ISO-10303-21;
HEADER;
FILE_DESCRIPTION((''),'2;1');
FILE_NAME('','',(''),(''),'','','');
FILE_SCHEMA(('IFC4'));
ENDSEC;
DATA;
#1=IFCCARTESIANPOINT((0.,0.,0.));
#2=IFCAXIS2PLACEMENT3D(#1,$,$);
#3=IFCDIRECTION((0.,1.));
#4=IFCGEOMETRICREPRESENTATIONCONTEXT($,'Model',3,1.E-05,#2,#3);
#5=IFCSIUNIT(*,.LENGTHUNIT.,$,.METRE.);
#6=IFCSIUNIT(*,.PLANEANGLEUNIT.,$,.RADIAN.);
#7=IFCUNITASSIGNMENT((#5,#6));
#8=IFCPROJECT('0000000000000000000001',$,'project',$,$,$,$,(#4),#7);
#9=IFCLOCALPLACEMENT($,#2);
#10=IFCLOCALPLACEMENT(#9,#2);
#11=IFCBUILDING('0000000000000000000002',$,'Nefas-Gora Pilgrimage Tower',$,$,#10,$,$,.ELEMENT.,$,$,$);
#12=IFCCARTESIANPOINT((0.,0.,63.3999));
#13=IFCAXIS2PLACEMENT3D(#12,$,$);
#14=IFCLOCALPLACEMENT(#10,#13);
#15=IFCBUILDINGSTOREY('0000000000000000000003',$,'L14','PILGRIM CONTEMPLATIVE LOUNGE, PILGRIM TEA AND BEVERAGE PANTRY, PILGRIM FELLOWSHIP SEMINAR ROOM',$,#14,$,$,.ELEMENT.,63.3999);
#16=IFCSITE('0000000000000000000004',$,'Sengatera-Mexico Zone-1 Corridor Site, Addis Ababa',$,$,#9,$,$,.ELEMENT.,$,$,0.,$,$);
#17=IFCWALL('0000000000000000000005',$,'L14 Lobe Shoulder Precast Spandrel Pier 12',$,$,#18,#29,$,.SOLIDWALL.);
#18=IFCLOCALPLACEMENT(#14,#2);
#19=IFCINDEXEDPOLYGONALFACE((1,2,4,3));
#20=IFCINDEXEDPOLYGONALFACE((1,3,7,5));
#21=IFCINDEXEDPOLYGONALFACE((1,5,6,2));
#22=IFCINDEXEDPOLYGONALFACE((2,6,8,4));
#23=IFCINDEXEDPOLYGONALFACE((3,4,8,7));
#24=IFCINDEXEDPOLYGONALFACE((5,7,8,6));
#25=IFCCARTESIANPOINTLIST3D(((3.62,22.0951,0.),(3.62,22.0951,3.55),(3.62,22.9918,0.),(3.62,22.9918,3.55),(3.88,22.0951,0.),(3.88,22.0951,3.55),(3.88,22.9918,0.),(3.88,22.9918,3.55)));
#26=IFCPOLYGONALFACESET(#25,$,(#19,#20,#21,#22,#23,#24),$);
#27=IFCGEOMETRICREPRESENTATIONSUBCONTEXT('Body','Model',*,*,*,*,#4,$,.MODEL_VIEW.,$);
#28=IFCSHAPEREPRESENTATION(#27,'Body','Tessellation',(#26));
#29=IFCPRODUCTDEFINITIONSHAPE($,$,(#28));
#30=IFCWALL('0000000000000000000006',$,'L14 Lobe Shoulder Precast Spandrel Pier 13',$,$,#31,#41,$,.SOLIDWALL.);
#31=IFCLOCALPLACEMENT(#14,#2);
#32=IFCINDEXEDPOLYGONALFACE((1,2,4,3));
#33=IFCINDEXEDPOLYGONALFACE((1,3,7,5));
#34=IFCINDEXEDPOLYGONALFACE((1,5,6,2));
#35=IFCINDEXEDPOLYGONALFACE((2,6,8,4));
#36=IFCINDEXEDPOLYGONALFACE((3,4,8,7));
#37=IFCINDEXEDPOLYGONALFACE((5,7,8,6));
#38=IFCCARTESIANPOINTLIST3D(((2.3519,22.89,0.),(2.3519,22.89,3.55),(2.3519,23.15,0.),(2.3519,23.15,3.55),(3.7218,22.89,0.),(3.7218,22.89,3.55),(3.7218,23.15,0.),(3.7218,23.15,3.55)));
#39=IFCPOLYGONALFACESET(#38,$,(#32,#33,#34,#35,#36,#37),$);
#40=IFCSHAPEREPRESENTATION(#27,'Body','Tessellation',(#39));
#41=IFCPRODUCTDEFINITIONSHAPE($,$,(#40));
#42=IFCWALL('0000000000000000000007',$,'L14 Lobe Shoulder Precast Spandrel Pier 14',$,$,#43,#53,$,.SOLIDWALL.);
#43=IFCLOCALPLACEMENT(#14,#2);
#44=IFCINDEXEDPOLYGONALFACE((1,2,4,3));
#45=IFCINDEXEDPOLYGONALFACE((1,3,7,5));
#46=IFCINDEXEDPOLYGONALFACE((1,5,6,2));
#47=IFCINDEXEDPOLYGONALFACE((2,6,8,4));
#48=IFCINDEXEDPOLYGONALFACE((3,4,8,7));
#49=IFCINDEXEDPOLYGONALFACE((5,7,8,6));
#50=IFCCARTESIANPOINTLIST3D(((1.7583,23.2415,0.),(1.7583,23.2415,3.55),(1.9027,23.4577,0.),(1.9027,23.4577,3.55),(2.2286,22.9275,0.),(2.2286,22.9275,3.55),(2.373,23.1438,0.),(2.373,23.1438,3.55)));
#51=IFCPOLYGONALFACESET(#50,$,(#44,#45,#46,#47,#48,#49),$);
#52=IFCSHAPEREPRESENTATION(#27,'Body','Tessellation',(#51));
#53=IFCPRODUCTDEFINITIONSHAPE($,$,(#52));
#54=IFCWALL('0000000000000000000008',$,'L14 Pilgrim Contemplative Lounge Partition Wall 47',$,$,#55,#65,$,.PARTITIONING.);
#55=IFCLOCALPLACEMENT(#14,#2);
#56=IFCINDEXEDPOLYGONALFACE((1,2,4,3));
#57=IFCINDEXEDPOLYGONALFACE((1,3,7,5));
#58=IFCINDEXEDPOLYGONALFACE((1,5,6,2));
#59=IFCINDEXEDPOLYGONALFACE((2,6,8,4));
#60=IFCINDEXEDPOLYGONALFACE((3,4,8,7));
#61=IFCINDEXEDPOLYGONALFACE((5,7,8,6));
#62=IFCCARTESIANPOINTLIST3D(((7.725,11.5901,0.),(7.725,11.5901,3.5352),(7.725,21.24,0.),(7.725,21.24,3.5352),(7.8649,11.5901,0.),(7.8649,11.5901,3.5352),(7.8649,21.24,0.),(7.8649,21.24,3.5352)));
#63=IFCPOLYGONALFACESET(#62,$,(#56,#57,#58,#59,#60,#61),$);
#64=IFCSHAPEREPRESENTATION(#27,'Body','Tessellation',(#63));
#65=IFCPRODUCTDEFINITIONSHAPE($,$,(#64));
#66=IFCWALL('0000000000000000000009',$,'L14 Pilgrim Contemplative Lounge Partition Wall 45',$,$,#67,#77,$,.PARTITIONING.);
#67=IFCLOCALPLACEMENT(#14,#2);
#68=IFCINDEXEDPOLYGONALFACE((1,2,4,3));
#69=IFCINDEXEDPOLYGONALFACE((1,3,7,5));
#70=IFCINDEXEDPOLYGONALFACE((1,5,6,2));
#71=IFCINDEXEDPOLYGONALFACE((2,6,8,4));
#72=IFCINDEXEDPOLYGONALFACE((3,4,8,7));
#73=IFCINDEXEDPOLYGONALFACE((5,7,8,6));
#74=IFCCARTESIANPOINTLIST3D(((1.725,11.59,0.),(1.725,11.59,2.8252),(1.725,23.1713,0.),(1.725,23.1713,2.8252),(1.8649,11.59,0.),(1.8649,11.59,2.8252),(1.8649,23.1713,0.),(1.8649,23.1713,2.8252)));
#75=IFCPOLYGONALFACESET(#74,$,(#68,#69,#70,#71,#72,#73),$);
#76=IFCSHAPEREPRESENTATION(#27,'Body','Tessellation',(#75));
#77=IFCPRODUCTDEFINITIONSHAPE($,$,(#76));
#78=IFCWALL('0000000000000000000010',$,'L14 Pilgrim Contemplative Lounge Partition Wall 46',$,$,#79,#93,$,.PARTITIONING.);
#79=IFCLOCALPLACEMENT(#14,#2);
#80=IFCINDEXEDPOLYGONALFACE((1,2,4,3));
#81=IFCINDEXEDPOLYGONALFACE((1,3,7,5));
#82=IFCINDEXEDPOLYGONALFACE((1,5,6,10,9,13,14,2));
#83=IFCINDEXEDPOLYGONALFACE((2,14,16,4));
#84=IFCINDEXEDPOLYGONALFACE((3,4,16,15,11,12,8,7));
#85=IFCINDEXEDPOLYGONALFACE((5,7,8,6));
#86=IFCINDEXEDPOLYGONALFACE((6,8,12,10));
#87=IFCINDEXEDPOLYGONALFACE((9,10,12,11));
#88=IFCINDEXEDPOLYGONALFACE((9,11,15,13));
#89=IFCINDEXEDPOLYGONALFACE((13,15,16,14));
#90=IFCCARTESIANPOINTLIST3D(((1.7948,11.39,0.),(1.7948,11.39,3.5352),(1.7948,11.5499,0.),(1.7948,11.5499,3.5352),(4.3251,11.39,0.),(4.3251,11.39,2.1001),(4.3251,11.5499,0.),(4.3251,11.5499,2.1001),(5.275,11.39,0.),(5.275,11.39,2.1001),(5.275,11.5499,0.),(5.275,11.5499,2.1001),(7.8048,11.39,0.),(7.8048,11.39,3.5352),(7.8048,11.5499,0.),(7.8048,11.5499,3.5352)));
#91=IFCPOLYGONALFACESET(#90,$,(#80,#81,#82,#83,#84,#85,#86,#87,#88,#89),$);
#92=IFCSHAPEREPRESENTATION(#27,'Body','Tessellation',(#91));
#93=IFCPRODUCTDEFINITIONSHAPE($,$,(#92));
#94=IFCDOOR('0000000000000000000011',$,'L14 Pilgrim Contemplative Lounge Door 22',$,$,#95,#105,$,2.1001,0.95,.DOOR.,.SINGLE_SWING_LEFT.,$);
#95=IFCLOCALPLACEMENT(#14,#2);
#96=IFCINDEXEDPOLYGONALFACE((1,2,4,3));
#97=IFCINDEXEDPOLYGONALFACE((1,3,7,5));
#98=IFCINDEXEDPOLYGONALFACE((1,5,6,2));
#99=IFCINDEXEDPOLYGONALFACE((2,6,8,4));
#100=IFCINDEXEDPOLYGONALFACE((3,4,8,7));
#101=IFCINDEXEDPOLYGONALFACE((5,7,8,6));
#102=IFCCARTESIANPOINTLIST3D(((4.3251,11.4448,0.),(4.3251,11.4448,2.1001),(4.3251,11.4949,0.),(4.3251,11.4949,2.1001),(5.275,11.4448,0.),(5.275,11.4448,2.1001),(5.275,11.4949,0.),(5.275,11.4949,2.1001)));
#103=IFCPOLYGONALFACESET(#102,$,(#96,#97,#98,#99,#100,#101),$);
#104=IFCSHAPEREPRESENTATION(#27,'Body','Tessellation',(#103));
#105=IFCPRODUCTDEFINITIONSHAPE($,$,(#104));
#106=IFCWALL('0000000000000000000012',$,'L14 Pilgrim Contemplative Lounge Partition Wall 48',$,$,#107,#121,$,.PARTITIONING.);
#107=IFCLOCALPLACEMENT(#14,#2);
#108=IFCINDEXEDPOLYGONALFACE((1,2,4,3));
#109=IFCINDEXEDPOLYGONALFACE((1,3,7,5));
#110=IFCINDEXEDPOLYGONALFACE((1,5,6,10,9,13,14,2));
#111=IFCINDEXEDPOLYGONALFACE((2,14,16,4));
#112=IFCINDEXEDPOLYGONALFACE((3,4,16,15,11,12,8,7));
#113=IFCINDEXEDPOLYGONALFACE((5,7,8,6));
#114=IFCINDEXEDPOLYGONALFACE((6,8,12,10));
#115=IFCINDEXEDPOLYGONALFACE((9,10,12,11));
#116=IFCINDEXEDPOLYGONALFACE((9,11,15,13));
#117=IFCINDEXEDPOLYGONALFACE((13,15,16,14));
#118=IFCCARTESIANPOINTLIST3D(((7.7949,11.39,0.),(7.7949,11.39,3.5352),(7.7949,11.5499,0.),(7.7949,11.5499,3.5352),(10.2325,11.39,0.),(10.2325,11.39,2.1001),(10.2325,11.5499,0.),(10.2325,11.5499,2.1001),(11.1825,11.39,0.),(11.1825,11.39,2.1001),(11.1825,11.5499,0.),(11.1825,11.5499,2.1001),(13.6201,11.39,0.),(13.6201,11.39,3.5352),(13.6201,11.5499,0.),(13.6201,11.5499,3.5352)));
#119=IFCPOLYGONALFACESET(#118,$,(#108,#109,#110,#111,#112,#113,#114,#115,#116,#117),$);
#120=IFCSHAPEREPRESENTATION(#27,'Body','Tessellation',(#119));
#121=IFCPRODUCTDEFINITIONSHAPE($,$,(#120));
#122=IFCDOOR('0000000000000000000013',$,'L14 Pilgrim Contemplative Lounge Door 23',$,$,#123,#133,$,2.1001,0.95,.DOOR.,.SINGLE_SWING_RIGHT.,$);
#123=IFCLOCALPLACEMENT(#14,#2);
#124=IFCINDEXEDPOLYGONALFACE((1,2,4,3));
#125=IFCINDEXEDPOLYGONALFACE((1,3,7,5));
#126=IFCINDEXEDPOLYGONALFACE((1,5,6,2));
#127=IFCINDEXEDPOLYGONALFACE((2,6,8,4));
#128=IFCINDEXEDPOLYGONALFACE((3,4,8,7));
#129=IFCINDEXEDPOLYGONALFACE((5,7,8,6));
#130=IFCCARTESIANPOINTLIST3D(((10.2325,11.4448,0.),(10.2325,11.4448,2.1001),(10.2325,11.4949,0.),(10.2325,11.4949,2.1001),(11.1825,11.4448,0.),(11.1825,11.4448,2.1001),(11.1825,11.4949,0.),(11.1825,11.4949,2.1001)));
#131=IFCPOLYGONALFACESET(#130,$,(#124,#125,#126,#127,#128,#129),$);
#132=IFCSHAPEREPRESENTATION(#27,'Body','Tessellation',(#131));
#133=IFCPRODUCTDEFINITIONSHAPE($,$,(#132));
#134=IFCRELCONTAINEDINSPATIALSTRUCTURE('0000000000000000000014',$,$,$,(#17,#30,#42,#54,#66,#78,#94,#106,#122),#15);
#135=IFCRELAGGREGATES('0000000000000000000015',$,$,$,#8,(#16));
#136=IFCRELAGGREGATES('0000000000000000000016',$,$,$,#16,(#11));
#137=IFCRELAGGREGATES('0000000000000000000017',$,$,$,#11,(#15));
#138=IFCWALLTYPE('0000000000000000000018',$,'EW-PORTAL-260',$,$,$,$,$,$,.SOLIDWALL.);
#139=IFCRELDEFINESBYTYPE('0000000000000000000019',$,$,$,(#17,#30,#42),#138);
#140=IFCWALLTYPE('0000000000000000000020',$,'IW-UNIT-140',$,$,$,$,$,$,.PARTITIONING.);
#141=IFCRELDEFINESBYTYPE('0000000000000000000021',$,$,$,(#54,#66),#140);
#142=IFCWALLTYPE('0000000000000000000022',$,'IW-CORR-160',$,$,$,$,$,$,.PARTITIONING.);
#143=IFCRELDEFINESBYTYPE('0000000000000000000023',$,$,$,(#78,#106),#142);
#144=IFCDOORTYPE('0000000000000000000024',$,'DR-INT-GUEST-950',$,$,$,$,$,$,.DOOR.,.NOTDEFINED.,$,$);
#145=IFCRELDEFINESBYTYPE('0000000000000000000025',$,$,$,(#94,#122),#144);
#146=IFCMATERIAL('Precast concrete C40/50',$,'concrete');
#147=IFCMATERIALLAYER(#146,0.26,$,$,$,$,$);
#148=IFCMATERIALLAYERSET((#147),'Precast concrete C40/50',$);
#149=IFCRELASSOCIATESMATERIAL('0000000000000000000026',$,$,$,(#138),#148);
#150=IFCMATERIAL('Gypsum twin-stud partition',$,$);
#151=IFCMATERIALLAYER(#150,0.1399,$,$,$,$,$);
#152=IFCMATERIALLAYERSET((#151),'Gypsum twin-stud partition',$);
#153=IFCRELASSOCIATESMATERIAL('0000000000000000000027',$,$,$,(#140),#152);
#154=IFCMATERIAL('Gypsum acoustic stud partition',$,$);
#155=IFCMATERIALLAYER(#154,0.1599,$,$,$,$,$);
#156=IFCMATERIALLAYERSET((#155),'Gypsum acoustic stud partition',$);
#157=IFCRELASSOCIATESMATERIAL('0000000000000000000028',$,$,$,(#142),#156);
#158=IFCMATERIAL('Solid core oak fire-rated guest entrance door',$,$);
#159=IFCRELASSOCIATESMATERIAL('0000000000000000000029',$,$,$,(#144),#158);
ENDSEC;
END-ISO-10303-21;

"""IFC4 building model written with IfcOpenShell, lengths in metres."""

from ifc_helpers import new_model, si_unit, direction, frame, frame_2d, origin, place, context, subcontext, project, spatial, rectangle, extrude, source, transform, mapped, material, layer, layer_set, type_object, element, fill, save


model = new_model("IFC4")

# Units and contexts
model_context = context("Model", 3, precision=1e-05, world=origin(), true_north=direction((0.0, 1.0)))
body_context = subcontext(model_context, "Body", "Model", "MODEL_VIEW")
ifc_project = project(units=[si_unit("LENGTHUNIT", "METRE"), si_unit("PLANEANGLEUNIT", "RADIAN")], contexts=[model_context])

# Site, building, storey
site_placement = place(None, origin())
site = spatial("IfcSite", under=ifc_project, at=site_placement, Name="Sengatera-Mexico Zone-1 Corridor Site, Addis Ababa", CompositionType="ELEMENT", RefElevation=0.0)
building_placement = place(site_placement, origin())
building = spatial("IfcBuilding", under=site, at=building_placement, Name="Nefas-Gora Pilgrimage Tower", CompositionType="ELEMENT")
storey_placement = place(building_placement, frame((0.0, 0.0, 63.3999)))
storey = spatial("IfcBuildingStorey", under=building, at=storey_placement, Name="L14", Description="PILGRIM CONTEMPLATIVE LOUNGE, PILGRIM TEA AND BEVERAGE PANTRY, PILGRIM FELLOWSHIP SEMINAR ROOM", CompositionType="ELEMENT", Elevation=63.3999)

# Walls
ifc_material_1 = material(Name="Precast concrete C40/50", Category="concrete")
ifc_layer_1 = layer(ifc_material_1, 0.26)
ifc_layer_set_1 = layer_set([ifc_layer_1], Name="Precast concrete C40/50")
wall_type_1 = type_object("IfcWallType", Name="EW-PORTAL-260", PredefinedType="SOLIDWALL", material=ifc_layer_set_1)
shared_shape_1 = source(origin(), body_context, "Body", "SweptSolid", [
    extrude(rectangle(XDim=0.8967, YDim=0.26, at=frame_2d((0.4482, 0.0))), origin(), (0.0, 0.0, 1.0), 3.55),
])
wall_1_placement = place(storey_placement, frame((3.75, 22.0952, 0.0), z_axis=(0.0, 0.0, 1.0), x_axis=(0.0, 1.0, 0.0)))
element("IfcWall", 1, at=wall_1_placement, inside=storey, type_object=wall_type_1, Name="L14 Lobe Shoulder Precast Spandrel Pier 12", PredefinedType="SOLIDWALL", context=body_context, shape_type="MappedRepresentation", body=[
    mapped(shared_shape_1, transform((0.0, 0.0, 0.0), x_axis=(1.0, 0.0, 0.0), y_axis=(0.0, 1.0, 0.0), z_axis=(0.0, 0.0, 1.0), scale=1.0)),
])
shared_shape_2 = source(origin(), body_context, "Body", "SweptSolid", [
    extrude(rectangle(XDim=1.3699, YDim=0.26, at=frame_2d((0.6851, 0.0))), origin(), (0.0, 0.0, 1.0), 3.55),
])
wall_2_placement = place(storey_placement, frame((3.7219, 23.02, 0.0), z_axis=(0.0, 0.0, 1.0), x_axis=(-1.0, 0.0, 0.0)))
element("IfcWall", 2, at=wall_2_placement, inside=storey, type_object=wall_type_1, Name="L14 Lobe Shoulder Precast Spandrel Pier 13", PredefinedType="SOLIDWALL", context=body_context, shape_type="MappedRepresentation", body=[
    mapped(shared_shape_2, transform((0.0, 0.0, 0.0), x_axis=(1.0, 0.0, 0.0), y_axis=(0.0, 1.0, 0.0), z_axis=(0.0, 0.0, 1.0), scale=1.0)),
])
shared_shape_3 = source(origin(), body_context, "Body", "SweptSolid", [
    extrude(rectangle(XDim=0.5654, YDim=0.26, at=frame_2d((0.2827, 0.0))), origin(), (0.0, 0.0, 1.0), 3.55),
])
wall_3_placement = place(storey_placement, frame((2.3008, 23.0356, 0.0), z_axis=(0.0, 0.0, 1.0), x_axis=(-0.831651, 0.555298, 0.0)))
element("IfcWall", 3, at=wall_3_placement, inside=storey, type_object=wall_type_1, Name="L14 Lobe Shoulder Precast Spandrel Pier 14", PredefinedType="SOLIDWALL", context=body_context, shape_type="MappedRepresentation", body=[
    mapped(shared_shape_3, transform((0.0, 0.0, 0.0), x_axis=(1.0, 0.0, 0.0), y_axis=(0.0, 1.0, 0.0), z_axis=(0.0, 0.0, 1.0), scale=1.0)),
])
ifc_material_2 = material(Name="Gypsum twin-stud partition")
ifc_layer_2 = layer(ifc_material_2, 0.1399)
ifc_layer_set_2 = layer_set([ifc_layer_2], Name="Gypsum twin-stud partition")
wall_type_2 = type_object("IfcWallType", Name="IW-UNIT-140", PredefinedType="PARTITIONING", material=ifc_layer_set_2)
shared_shape_4 = source(origin(), body_context, "Body", "SweptSolid", [
    extrude(rectangle(XDim=9.6499, YDim=0.1399, at=frame_2d((4.825, 0.0))), origin(), (0.0, 0.0, 1.0), 3.5352),
])
wall_4_placement = place(storey_placement, frame((7.7949, 11.5901, 0.0), z_axis=(0.0, 0.0, 1.0), x_axis=(0.0, 1.0, 0.0)))
element("IfcWall", 4, at=wall_4_placement, inside=storey, type_object=wall_type_2, Name="L14 Pilgrim Contemplative Lounge Partition Wall 47", PredefinedType="PARTITIONING", context=body_context, shape_type="MappedRepresentation", body=[
    mapped(shared_shape_4, transform((0.0, 0.0, 0.0), x_axis=(1.0, 0.0, 0.0), y_axis=(0.0, 1.0, 0.0), z_axis=(0.0, 0.0, 1.0), scale=1.0)),
])
shared_shape_5 = source(origin(), body_context, "Body", "SweptSolid", [
    extrude(rectangle(XDim=11.5813, YDim=0.1399, at=frame_2d((5.7905, 0.0))), origin(), (0.0, 0.0, 1.0), 2.8252),
])
wall_5_placement = place(storey_placement, frame((1.7949, 11.5901, 0.0), z_axis=(0.0, 0.0, 1.0), x_axis=(0.0, 1.0, 0.0)))
element("IfcWall", 5, at=wall_5_placement, inside=storey, type_object=wall_type_2, Name="L14 Pilgrim Contemplative Lounge Partition Wall 45", PredefinedType="PARTITIONING", context=body_context, shape_type="MappedRepresentation", body=[
    mapped(shared_shape_5, transform((0.0, 0.0, 0.0), x_axis=(1.0, 0.0, 0.0), y_axis=(0.0, 1.0, 0.0), z_axis=(0.0, 0.0, 1.0), scale=1.0)),
])

# Walls, openings, doors
ifc_material_3 = material(Name="Gypsum acoustic stud partition")
ifc_layer_3 = layer(ifc_material_3, 0.1599)
ifc_layer_set_3 = layer_set([ifc_layer_3], Name="Gypsum acoustic stud partition")
wall_type_3 = type_object("IfcWallType", Name="IW-CORR-160", PredefinedType="PARTITIONING", material=ifc_layer_set_3)
shared_shape_6 = source(origin(), body_context, "Body", "SweptSolid", [
    extrude(rectangle(XDim=6.01, YDim=0.1599, at=frame_2d((3.0049, 0.0))), origin(), (0.0, 0.0, 1.0), 3.5352),
])
wall_6_placement = place(storey_placement, frame((1.7949, 11.47, 0.0), z_axis=(0.0, 0.0, 1.0), x_axis=(1.0, 0.0, 0.0)))
wall_6 = element("IfcWall", 6, at=wall_6_placement, inside=storey, type_object=wall_type_3, Name="L14 Pilgrim Contemplative Lounge Partition Wall 46", PredefinedType="PARTITIONING", context=body_context, shape_type="MappedRepresentation", body=[
    mapped(shared_shape_6, transform((0.0, 0.0, 0.0), x_axis=(1.0, 0.0, 0.0), y_axis=(0.0, 1.0, 0.0), z_axis=(0.0, 0.0, 1.0), scale=1.0)),
])
opening_1_placement = place(wall_6_placement, frame((2.53, 0.0, 0.0)))
opening_1 = element("IfcOpeningElement", 7, at=opening_1_placement, cuts=wall_6, PredefinedType="OPENING", context=body_context, shape_type="SweptSolid", body=[
    extrude(rectangle(XDim=0.95, YDim=2.1001, at=frame_2d((0.4751, 1.05))), frame((0.0, 0.0898, 0.0), z_axis=(0.0, -1.0, 0.0), x_axis=(1.0, 0.0, 0.0)), (0.0, 0.0, 1.0), 0.1799),
])
ifc_material_4 = material(Name="Solid core oak fire-rated guest entrance door")
door_type = type_object("IfcDoorType", Name="DR-INT-GUEST-950", OperationType="NOTDEFINED", PredefinedType="DOOR", material=ifc_material_4)
shared_shape_7 = source(origin(), body_context, "Body", "SweptSolid", [
    extrude(rectangle(XDim=0.95, YDim=2.1001, at=frame_2d((0.4751, 1.05))), frame((0.0, 0.0249, 0.0), z_axis=(0.0, -1.0, 0.0), x_axis=(1.0, 0.0, 0.0)), (0.0, 0.0, 1.0), 0.05),
])
door_1_placement = place(opening_1_placement, origin())
door_1 = element("IfcDoor", 8, at=door_1_placement, inside=storey, type_object=door_type, Name="L14 Pilgrim Contemplative Lounge Door 22", OperationType="SINGLE_SWING_LEFT", OverallHeight=2.1001, OverallWidth=0.95, PredefinedType="DOOR", context=body_context, shape_type="MappedRepresentation", body=[
    mapped(shared_shape_7, transform((0.0, 0.0, 0.0), x_axis=(1.0, 0.0, 0.0), y_axis=(0.0, 1.0, 0.0), z_axis=(0.0, 0.0, 1.0), scale=1.0)),
])
fill(opening_1, door_1)
shared_shape_8 = source(origin(), body_context, "Body", "SweptSolid", [
    extrude(rectangle(XDim=5.8252, YDim=0.1599, at=frame_2d((2.9126, 0.0))), origin(), (0.0, 0.0, 1.0), 3.5352),
])
wall_7_placement = place(storey_placement, frame((7.7949, 11.47, 0.0), z_axis=(0.0, 0.0, 1.0), x_axis=(1.0, 0.0, 0.0)))
wall_7 = element("IfcWall", 9, at=wall_7_placement, inside=storey, type_object=wall_type_3, Name="L14 Pilgrim Contemplative Lounge Partition Wall 48", PredefinedType="PARTITIONING", context=body_context, shape_type="MappedRepresentation", body=[
    mapped(shared_shape_8, transform((0.0, 0.0, 0.0), x_axis=(1.0, 0.0, 0.0), y_axis=(0.0, 1.0, 0.0), z_axis=(0.0, 0.0, 1.0), scale=1.0)),
])
opening_2_placement = place(wall_7_placement, frame((2.4375, 0.0, 0.0)))
opening_2 = element("IfcOpeningElement", 10, at=opening_2_placement, cuts=wall_7, PredefinedType="OPENING", context=body_context, shape_type="SweptSolid", body=[
    extrude(rectangle(XDim=0.95, YDim=2.1001, at=frame_2d((0.4751, 1.05))), frame((0.0, 0.0898, 0.0), z_axis=(0.0, -1.0, 0.0), x_axis=(1.0, 0.0, 0.0)), (0.0, 0.0, 1.0), 0.1799),
])
door_2_placement = place(opening_2_placement, origin())
door_2 = element("IfcDoor", 11, at=door_2_placement, inside=storey, type_object=door_type, Name="L14 Pilgrim Contemplative Lounge Door 23", OperationType="SINGLE_SWING_RIGHT", OverallHeight=2.1001, OverallWidth=0.95, PredefinedType="DOOR", context=body_context, shape_type="MappedRepresentation", body=[
    mapped(shared_shape_7, transform((0.0, 0.0, 0.0), x_axis=(1.0, 0.0, 0.0), y_axis=(0.0, 1.0, 0.0), z_axis=(0.0, 0.0, 1.0), scale=1.0)),
])
fill(opening_2, door_2)

save(model, "model.ifc")
